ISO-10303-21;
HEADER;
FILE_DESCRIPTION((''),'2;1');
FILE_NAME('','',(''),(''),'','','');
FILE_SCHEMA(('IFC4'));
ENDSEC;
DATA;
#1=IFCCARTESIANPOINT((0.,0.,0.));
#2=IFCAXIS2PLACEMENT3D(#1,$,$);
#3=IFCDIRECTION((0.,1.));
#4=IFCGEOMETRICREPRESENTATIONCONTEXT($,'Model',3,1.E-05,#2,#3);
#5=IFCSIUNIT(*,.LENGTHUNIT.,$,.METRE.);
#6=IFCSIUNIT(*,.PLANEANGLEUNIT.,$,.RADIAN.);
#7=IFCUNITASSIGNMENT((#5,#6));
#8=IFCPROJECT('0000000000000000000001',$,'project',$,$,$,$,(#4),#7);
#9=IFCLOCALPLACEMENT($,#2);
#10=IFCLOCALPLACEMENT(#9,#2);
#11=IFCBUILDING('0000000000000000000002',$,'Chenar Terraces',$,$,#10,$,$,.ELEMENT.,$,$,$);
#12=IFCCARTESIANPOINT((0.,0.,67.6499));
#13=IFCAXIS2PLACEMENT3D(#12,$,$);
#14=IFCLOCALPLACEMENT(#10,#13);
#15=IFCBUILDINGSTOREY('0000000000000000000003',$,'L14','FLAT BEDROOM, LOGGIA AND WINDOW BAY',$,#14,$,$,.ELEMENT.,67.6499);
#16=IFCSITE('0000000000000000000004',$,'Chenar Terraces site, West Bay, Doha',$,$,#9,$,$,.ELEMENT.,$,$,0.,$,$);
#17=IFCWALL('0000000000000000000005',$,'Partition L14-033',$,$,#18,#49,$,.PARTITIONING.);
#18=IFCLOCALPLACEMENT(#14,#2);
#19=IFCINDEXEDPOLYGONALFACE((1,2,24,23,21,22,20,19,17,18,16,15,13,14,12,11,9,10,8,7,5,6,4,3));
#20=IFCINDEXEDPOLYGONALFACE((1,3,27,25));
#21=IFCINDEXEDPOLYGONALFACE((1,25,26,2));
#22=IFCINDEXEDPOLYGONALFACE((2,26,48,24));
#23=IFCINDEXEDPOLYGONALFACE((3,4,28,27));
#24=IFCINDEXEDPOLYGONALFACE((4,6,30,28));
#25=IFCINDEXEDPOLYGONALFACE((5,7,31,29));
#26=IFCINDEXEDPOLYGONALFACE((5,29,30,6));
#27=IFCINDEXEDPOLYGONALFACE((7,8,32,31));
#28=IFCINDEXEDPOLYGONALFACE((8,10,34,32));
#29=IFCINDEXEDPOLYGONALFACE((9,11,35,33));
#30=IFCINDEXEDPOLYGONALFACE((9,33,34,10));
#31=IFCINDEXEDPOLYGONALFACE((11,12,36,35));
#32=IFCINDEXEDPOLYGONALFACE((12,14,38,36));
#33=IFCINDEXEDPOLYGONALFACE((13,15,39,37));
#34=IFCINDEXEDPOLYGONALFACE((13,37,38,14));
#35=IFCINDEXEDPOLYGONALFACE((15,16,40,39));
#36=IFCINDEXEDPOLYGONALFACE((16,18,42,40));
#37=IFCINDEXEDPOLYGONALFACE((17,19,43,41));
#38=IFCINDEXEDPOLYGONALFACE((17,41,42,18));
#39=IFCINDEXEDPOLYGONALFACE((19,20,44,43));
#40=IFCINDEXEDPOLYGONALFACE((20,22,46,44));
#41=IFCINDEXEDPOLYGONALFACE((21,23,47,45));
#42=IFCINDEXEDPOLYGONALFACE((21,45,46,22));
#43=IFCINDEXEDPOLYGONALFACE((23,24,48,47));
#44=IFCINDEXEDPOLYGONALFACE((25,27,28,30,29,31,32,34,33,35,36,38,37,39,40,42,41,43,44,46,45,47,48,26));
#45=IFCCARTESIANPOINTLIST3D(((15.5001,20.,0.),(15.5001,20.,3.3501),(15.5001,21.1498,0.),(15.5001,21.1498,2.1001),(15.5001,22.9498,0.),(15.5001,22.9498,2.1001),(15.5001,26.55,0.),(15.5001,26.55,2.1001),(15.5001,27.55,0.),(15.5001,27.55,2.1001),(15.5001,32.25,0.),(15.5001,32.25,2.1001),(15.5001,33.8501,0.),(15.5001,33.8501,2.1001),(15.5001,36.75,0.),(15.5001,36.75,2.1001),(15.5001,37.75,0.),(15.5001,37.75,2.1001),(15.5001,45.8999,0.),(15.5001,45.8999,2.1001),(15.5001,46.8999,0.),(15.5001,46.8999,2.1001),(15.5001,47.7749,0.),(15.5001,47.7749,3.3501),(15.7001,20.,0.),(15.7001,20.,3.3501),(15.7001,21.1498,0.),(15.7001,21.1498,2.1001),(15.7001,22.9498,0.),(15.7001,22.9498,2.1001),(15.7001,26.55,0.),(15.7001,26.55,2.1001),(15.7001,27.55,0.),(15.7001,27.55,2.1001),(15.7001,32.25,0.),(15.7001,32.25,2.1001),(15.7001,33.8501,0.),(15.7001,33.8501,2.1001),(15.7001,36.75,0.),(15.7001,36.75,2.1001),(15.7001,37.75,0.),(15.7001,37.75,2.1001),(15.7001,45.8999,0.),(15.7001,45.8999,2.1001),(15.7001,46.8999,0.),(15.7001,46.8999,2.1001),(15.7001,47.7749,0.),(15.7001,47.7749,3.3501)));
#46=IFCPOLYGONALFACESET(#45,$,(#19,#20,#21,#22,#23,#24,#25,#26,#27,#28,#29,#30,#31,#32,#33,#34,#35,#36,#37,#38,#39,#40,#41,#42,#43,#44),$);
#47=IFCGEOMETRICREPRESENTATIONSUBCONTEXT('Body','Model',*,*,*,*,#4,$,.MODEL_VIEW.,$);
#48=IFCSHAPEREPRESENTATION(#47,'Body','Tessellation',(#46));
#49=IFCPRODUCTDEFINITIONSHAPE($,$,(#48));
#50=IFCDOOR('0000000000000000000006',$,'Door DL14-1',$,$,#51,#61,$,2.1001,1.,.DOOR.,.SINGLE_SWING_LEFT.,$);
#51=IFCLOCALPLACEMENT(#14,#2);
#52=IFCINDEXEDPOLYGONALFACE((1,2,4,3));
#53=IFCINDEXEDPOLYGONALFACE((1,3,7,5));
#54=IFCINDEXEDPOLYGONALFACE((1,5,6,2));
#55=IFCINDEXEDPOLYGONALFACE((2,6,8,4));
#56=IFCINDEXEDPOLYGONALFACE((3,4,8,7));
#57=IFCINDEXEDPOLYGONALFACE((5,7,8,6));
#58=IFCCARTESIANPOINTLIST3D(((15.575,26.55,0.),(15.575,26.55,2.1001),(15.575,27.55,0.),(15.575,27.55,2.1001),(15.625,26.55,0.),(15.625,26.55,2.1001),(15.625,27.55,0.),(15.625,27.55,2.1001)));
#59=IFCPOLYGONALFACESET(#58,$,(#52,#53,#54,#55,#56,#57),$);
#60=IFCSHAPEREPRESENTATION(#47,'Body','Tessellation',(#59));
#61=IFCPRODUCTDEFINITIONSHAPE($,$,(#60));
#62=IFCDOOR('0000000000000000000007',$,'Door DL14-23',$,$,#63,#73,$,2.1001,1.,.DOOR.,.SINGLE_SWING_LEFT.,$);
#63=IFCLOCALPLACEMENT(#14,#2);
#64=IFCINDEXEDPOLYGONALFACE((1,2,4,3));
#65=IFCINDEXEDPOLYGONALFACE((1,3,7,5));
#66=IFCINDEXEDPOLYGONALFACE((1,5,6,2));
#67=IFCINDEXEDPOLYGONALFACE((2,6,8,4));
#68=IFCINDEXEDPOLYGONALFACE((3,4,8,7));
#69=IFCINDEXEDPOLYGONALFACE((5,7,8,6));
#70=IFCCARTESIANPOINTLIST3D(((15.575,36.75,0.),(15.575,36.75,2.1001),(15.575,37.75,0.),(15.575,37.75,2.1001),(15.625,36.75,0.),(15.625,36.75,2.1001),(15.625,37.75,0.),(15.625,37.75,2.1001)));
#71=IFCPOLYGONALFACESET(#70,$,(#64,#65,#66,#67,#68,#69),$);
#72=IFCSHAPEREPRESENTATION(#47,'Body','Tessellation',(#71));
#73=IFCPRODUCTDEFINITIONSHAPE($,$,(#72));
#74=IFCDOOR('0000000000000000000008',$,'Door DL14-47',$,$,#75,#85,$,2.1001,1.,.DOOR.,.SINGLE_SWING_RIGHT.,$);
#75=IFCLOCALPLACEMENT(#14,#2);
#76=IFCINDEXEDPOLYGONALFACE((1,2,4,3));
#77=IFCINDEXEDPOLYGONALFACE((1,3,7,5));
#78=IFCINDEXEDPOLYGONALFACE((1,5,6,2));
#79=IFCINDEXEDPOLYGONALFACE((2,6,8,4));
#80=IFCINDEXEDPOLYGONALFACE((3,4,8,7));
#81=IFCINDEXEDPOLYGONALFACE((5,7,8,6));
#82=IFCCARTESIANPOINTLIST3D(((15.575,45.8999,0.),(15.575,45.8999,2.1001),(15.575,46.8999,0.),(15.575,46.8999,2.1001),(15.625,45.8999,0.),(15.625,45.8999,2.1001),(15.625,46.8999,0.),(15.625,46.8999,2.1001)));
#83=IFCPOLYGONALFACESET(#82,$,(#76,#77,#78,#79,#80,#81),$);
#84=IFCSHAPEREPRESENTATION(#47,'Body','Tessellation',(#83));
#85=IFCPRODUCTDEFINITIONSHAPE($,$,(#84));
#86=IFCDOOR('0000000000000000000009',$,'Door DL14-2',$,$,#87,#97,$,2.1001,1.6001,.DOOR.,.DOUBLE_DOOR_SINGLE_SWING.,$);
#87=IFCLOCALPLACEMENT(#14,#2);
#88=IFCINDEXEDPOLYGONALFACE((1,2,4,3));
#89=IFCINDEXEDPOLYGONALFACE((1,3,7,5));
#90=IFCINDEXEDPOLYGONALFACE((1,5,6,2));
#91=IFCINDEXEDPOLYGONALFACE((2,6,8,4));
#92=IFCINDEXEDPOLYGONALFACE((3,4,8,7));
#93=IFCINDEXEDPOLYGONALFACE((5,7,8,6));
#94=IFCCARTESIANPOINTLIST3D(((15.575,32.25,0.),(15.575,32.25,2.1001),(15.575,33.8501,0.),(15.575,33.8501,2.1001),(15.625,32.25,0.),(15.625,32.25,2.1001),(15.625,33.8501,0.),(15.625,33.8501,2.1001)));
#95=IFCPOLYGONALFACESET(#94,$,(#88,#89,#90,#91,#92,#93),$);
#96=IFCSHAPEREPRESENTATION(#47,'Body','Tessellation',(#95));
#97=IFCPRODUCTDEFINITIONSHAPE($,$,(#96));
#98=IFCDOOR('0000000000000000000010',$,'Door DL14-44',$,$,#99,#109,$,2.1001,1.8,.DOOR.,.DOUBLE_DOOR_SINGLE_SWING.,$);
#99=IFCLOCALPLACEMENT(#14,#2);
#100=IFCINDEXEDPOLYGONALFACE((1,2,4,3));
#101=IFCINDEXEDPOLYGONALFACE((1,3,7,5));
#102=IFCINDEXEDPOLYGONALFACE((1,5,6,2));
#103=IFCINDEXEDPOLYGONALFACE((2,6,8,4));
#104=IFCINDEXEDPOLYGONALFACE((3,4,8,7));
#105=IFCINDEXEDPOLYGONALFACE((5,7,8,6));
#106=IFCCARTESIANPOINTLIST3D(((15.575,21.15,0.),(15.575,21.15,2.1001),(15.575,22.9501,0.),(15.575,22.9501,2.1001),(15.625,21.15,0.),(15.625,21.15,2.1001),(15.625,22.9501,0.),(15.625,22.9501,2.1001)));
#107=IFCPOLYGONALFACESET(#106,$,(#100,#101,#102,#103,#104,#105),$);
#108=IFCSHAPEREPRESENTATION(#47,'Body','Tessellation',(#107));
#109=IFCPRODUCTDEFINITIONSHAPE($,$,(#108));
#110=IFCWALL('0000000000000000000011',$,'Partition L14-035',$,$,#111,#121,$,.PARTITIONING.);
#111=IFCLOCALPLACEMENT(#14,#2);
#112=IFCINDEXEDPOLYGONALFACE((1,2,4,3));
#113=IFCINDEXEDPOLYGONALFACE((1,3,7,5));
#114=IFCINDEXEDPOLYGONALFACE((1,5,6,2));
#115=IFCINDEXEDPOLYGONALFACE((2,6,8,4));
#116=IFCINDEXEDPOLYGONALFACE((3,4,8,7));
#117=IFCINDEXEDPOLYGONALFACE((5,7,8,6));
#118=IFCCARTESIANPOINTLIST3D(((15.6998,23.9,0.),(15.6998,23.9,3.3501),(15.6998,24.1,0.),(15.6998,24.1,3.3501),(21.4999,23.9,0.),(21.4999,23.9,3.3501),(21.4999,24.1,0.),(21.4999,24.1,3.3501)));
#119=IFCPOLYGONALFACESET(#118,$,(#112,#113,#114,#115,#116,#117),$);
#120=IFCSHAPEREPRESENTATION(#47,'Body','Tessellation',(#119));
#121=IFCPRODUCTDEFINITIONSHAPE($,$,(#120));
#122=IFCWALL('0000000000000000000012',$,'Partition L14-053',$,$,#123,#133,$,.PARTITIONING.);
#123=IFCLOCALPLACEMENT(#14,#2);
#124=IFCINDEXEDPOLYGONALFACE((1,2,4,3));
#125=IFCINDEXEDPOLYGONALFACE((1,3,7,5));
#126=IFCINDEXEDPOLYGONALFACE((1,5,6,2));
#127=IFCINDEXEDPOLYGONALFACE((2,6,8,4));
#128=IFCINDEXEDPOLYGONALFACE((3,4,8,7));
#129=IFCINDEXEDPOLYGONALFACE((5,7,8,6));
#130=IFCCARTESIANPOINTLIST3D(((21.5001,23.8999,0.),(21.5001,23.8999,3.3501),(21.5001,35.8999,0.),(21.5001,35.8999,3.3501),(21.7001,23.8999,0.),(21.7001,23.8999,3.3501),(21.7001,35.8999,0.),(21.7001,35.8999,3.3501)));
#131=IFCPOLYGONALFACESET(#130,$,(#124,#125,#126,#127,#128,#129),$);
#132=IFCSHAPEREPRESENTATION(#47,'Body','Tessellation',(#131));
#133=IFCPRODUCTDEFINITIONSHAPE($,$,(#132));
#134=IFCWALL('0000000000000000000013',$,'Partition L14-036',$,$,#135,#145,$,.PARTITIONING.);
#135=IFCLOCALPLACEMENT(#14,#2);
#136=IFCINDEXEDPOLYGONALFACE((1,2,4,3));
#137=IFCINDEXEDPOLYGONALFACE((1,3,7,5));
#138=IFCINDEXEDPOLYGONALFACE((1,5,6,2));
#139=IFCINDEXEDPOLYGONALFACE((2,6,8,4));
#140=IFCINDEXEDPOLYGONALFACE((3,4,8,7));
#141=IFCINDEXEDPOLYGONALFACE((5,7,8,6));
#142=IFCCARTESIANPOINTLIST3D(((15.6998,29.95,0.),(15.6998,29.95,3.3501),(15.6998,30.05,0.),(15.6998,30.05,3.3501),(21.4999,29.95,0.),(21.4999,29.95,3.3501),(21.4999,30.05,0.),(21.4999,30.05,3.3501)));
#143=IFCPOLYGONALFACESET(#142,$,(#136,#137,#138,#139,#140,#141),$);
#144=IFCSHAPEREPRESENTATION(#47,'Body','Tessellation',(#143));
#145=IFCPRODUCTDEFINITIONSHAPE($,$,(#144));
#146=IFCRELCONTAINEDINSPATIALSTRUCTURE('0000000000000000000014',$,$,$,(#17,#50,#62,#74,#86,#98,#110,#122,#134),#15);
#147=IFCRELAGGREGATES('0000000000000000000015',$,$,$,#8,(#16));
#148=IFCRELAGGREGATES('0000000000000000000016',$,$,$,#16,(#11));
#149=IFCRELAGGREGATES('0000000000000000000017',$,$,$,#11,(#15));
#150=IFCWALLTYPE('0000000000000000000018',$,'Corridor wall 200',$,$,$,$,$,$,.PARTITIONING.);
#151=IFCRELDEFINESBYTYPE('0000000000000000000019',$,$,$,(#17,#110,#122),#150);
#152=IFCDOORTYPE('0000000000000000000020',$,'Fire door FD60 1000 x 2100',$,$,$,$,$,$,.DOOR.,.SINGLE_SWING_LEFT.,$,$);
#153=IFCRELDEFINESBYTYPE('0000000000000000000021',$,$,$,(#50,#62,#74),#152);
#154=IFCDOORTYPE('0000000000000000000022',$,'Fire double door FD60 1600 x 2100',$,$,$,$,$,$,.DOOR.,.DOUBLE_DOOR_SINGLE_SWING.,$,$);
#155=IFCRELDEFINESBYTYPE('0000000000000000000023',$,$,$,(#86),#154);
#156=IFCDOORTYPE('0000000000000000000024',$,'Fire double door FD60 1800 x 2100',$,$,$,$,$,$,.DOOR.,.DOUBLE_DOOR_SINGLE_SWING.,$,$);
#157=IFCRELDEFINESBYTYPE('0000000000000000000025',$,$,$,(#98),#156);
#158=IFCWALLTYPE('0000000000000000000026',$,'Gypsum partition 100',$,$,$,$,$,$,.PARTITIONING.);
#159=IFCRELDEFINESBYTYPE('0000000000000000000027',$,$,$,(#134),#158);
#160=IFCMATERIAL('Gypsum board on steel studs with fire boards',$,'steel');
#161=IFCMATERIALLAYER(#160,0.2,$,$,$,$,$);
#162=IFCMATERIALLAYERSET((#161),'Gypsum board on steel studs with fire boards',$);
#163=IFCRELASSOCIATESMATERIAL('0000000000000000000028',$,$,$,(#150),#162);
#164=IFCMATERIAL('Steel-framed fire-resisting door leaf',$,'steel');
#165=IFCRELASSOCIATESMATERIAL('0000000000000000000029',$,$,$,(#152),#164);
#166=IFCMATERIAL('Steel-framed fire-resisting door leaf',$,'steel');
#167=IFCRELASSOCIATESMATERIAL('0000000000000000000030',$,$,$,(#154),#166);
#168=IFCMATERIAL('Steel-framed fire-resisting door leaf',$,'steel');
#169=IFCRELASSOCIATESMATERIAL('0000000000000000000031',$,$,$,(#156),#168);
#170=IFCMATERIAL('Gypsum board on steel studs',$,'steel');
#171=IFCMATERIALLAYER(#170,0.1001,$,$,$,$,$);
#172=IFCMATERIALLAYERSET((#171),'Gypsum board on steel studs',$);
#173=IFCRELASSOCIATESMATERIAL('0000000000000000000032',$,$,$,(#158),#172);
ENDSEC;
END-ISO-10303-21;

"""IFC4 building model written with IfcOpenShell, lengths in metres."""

from ifc_helpers import new_model, si_unit, direction, frame, frame_2d, origin, place, context, subcontext, project, spatial, rectangle, extrude, material, layer, layer_set, type_object, element, fill, save


model = new_model("IFC4")

# Units and contexts
model_context = context("Model", 3, precision=1e-05, world=origin(), true_north=direction((0.0, 1.0)))
body_context = subcontext(model_context, "Body", "Model", "MODEL_VIEW")
ifc_project = project(units=[si_unit("LENGTHUNIT", "METRE"), si_unit("PLANEANGLEUNIT", "RADIAN")], contexts=[model_context])

# Site, building, storey
site_placement = place(None, origin())
site = spatial("IfcSite", under=ifc_project, at=site_placement, Name="Chenar Terraces site, West Bay, Doha", CompositionType="ELEMENT", RefElevation=0.0)
building_placement = place(site_placement, origin())
building = spatial("IfcBuilding", under=site, at=building_placement, Name="Chenar Terraces", CompositionType="ELEMENT")
storey_placement = place(building_placement, frame((0.0, 0.0, 67.6499)))
storey = spatial("IfcBuildingStorey", under=building, at=storey_placement, Name="L14", Description="FLAT BEDROOM, LOGGIA AND WINDOW BAY", CompositionType="ELEMENT", Elevation=67.6499)

# Wall, openings, doors
ifc_material_1 = material(Name="Gypsum board on steel studs with fire boards", Category="steel")
ifc_layer_1 = layer(ifc_material_1, 0.2)
ifc_layer_set_1 = layer_set([ifc_layer_1], Name="Gypsum board on steel studs with fire boards")
wall_type_1 = type_object("IfcWallType", Name="Corridor wall 200", PredefinedType="PARTITIONING", material=ifc_layer_set_1)
wall_1_placement = place(storey_placement, frame((15.6001, 20.0, 0.0), z_axis=(0.0, 0.0, 1.0), x_axis=(0.0, 1.0, 0.0)))
wall_1 = element("IfcWall", 1, at=wall_1_placement, inside=storey, type_object=wall_type_1, Name="Partition L14-033", PredefinedType="PARTITIONING", context=body_context, shape_type="SweptSolid", body=[
    extrude(rectangle(XDim=27.7749, YDim=0.2, at=frame_2d((13.8875, 0.0))), origin(), (0.0, 0.0, 1.0), 3.3501),
])
opening_1_placement = place(wall_1_placement, frame((6.55, 0.0, 0.0)))
opening_1 = element("IfcOpeningElement", 2, at=opening_1_placement, cuts=wall_1, PredefinedType="OPENING", context=body_context, shape_type="SweptSolid", body=[
    extrude(rectangle(XDim=1.0, YDim=2.1001, at=frame_2d((0.5, 1.05))), frame((0.0, 0.1099, 0.0), z_axis=(0.0, -1.0, 0.0), x_axis=(1.0, 0.0, 0.0)), (0.0, 0.0, 1.0), 0.22),
])
opening_2_placement = place(wall_1_placement, frame((12.25, 0.0, 0.0)))
opening_2 = element("IfcOpeningElement", 3, at=opening_2_placement, cuts=wall_1, PredefinedType="OPENING", context=body_context, shape_type="SweptSolid", body=[
    extrude(rectangle(XDim=1.6001, YDim=2.1001, at=frame_2d((0.8, 1.05))), frame((0.0, 0.1099, 0.0), z_axis=(0.0, -1.0, 0.0), x_axis=(1.0, 0.0, 0.0)), (0.0, 0.0, 1.0), 0.22),
])
opening_3_placement = place(wall_1_placement, frame((16.75, 0.0, 0.0)))
opening_3 = element("IfcOpeningElement", 4, at=opening_3_placement, cuts=wall_1, PredefinedType="OPENING", context=body_context, shape_type="SweptSolid", body=[
    extrude(rectangle(XDim=1.0, YDim=2.1001, at=frame_2d((0.5, 1.05))), frame((0.0, 0.1099, 0.0), z_axis=(0.0, -1.0, 0.0), x_axis=(1.0, 0.0, 0.0)), (0.0, 0.0, 1.0), 0.22),
])
opening_4_placement = place(wall_1_placement, frame((1.1499, 0.0, 0.0)))
opening_4 = element("IfcOpeningElement", 5, at=opening_4_placement, cuts=wall_1, PredefinedType="OPENING", context=body_context, shape_type="SweptSolid", body=[
    extrude(rectangle(XDim=1.8, YDim=2.1001, at=frame_2d((0.8999, 1.05))), frame((0.0, 0.1099, 0.0), z_axis=(0.0, -1.0, 0.0), x_axis=(1.0, 0.0, 0.0)), (0.0, 0.0, 1.0), 0.22),
])
opening_5_placement = place(wall_1_placement, frame((25.8999, 0.0, 0.0)))
opening_5 = element("IfcOpeningElement", 6, at=opening_5_placement, cuts=wall_1, PredefinedType="OPENING", context=body_context, shape_type="SweptSolid", body=[
    extrude(rectangle(XDim=1.0, YDim=2.1001, at=frame_2d((0.5, 1.05))), frame((0.0, 0.1099, 0.0), z_axis=(0.0, -1.0, 0.0), x_axis=(1.0, 0.0, 0.0)), (0.0, 0.0, 1.0), 0.22),
])
ifc_material_2 = material(Name="Steel-framed fire-resisting door leaf", Category="steel")
door_type_1 = type_object("IfcDoorType", Name="Fire door FD60 1000 x 2100", OperationType="SINGLE_SWING_LEFT", PredefinedType="DOOR", material=ifc_material_2)
door_1_placement = place(opening_1_placement, frame((1.0, 0.0, 0.0), z_axis=(0.0, 0.0, 1.0), x_axis=(-1.0, 0.0, 0.0)))
door_1 = element("IfcDoor", 7, at=door_1_placement, inside=storey, type_object=door_type_1, Name="Door DL14-1", OperationType="SINGLE_SWING_LEFT", OverallHeight=2.1001, OverallWidth=1.0, PredefinedType="DOOR", context=body_context, shape_type="SweptSolid", body=[
    extrude(rectangle(XDim=1.0, YDim=2.1001, at=frame_2d((0.5, 1.05))), frame((0.0, 0.0249, 0.0), z_axis=(0.0, -1.0, 0.0), x_axis=(1.0, 0.0, 0.0)), (0.0, 0.0, 1.0), 0.05),
])
fill(opening_1, door_1)
door_2_placement = place(opening_3_placement, frame((1.0, 0.0, 0.0), z_axis=(0.0, 0.0, 1.0), x_axis=(-1.0, 0.0, 0.0)))
door_2 = element("IfcDoor", 8, at=door_2_placement, inside=storey, type_object=door_type_1, Name="Door DL14-23", OperationType="SINGLE_SWING_LEFT", OverallHeight=2.1001, OverallWidth=1.0, PredefinedType="DOOR", context=body_context, shape_type="SweptSolid", body=[
    extrude(rectangle(XDim=1.0, YDim=2.1001, at=frame_2d((0.5, 1.05))), frame((0.0, 0.0249, 0.0), z_axis=(0.0, -1.0, 0.0), x_axis=(1.0, 0.0, 0.0)), (0.0, 0.0, 1.0), 0.05),
])
fill(opening_3, door_2)
door_3_placement = place(opening_5_placement, frame((1.0, 0.0, 0.0), z_axis=(0.0, 0.0, 1.0), x_axis=(-1.0, 0.0, 0.0)))
door_3 = element("IfcDoor", 9, at=door_3_placement, inside=storey, type_object=door_type_1, Name="Door DL14-47", OperationType="SINGLE_SWING_RIGHT", OverallHeight=2.1001, OverallWidth=1.0, PredefinedType="DOOR", context=body_context, shape_type="SweptSolid", body=[
    extrude(rectangle(XDim=1.0, YDim=2.1001, at=frame_2d((0.5, 1.05))), frame((0.0, 0.0249, 0.0), z_axis=(0.0, -1.0, 0.0), x_axis=(1.0, 0.0, 0.0)), (0.0, 0.0, 1.0), 0.05),
])
fill(opening_5, door_3)
ifc_material_3 = material(Name="Steel-framed fire-resisting door leaf", Category="steel")
door_type_2 = type_object("IfcDoorType", Name="Fire double door FD60 1600 x 2100", OperationType="DOUBLE_DOOR_SINGLE_SWING", PredefinedType="DOOR", material=ifc_material_3)
door_4_placement = place(opening_2_placement, frame((1.6001, 0.0, 0.0), z_axis=(0.0, 0.0, 1.0), x_axis=(-1.0, 0.0, 0.0)))
door_4 = element("IfcDoor", 10, at=door_4_placement, inside=storey, type_object=door_type_2, Name="Door DL14-2", OperationType="DOUBLE_DOOR_SINGLE_SWING", OverallHeight=2.1001, OverallWidth=1.6001, PredefinedType="DOOR", context=body_context, shape_type="SweptSolid", body=[
    extrude(rectangle(XDim=1.6001, YDim=2.1001, at=frame_2d((0.8, 1.05))), frame((0.0, 0.0249, 0.0), z_axis=(0.0, -1.0, 0.0), x_axis=(1.0, 0.0, 0.0)), (0.0, 0.0, 1.0), 0.05),
])
fill(opening_2, door_4)
ifc_material_4 = material(Name="Steel-framed fire-resisting door leaf", Category="steel")
door_type_3 = type_object("IfcDoorType", Name="Fire double door FD60 1800 x 2100", OperationType="DOUBLE_DOOR_SINGLE_SWING", PredefinedType="DOOR", material=ifc_material_4)
door_5_placement = place(opening_4_placement, frame((1.8, 0.0, 0.0), z_axis=(0.0, 0.0, 1.0), x_axis=(-1.0, 0.0, 0.0)))
door_5 = element("IfcDoor", 11, at=door_5_placement, inside=storey, type_object=door_type_3, Name="Door DL14-44", OperationType="DOUBLE_DOOR_SINGLE_SWING", OverallHeight=2.1001, OverallWidth=1.8, PredefinedType="DOOR", context=body_context, shape_type="SweptSolid", body=[
    extrude(rectangle(XDim=1.8, YDim=2.1001, at=frame_2d((0.8999, 1.05))), frame((0.0, 0.0249, 0.0), z_axis=(0.0, -1.0, 0.0), x_axis=(1.0, 0.0, 0.0)), (0.0, 0.0, 1.0), 0.05),
])
fill(opening_4, door_5)

# Walls
wall_2_placement = place(storey_placement, frame((15.7, 24.0, 0.0), z_axis=(0.0, 0.0, 1.0), x_axis=(1.0, 0.0, 0.0)))
element("IfcWall", 12, at=wall_2_placement, inside=storey, type_object=wall_type_1, Name="Partition L14-035", PredefinedType="PARTITIONING", context=body_context, shape_type="SweptSolid", body=[
    extrude(rectangle(XDim=5.8, YDim=0.2, at=frame_2d((2.8999, 0.0))), origin(), (0.0, 0.0, 1.0), 3.3501),
])
wall_3_placement = place(storey_placement, frame((21.6001, 23.8999, 0.0), z_axis=(0.0, 0.0, 1.0), x_axis=(0.0, 1.0, 0.0)))
element("IfcWall", 13, at=wall_3_placement, inside=storey, type_object=wall_type_1, Name="Partition L14-053", PredefinedType="PARTITIONING", context=body_context, shape_type="SweptSolid", body=[
    extrude(rectangle(XDim=12.0, YDim=0.2, at=frame_2d((6.0, 0.0))), origin(), (0.0, 0.0, 1.0), 3.3501),
])
ifc_material_5 = material(Name="Gypsum board on steel studs", Category="steel")
ifc_layer_2 = layer(ifc_material_5, 0.1001)
ifc_layer_set_2 = layer_set([ifc_layer_2], Name="Gypsum board on steel studs")
wall_type_2 = type_object("IfcWallType", Name="Gypsum partition 100", PredefinedType="PARTITIONING", material=ifc_layer_set_2)
wall_4_placement = place(storey_placement, frame((15.7, 30.0, 0.0), z_axis=(0.0, 0.0, 1.0), x_axis=(1.0, 0.0, 0.0)))
element("IfcWall", 14, at=wall_4_placement, inside=storey, type_object=wall_type_2, Name="Partition L14-036", PredefinedType="PARTITIONING", context=body_context, shape_type="SweptSolid", body=[
    extrude(rectangle(XDim=5.8, YDim=0.1001, at=frame_2d((2.8999, 0.0))), origin(), (0.0, 0.0, 1.0), 3.3501),
])

save(model, "model.ifc")
